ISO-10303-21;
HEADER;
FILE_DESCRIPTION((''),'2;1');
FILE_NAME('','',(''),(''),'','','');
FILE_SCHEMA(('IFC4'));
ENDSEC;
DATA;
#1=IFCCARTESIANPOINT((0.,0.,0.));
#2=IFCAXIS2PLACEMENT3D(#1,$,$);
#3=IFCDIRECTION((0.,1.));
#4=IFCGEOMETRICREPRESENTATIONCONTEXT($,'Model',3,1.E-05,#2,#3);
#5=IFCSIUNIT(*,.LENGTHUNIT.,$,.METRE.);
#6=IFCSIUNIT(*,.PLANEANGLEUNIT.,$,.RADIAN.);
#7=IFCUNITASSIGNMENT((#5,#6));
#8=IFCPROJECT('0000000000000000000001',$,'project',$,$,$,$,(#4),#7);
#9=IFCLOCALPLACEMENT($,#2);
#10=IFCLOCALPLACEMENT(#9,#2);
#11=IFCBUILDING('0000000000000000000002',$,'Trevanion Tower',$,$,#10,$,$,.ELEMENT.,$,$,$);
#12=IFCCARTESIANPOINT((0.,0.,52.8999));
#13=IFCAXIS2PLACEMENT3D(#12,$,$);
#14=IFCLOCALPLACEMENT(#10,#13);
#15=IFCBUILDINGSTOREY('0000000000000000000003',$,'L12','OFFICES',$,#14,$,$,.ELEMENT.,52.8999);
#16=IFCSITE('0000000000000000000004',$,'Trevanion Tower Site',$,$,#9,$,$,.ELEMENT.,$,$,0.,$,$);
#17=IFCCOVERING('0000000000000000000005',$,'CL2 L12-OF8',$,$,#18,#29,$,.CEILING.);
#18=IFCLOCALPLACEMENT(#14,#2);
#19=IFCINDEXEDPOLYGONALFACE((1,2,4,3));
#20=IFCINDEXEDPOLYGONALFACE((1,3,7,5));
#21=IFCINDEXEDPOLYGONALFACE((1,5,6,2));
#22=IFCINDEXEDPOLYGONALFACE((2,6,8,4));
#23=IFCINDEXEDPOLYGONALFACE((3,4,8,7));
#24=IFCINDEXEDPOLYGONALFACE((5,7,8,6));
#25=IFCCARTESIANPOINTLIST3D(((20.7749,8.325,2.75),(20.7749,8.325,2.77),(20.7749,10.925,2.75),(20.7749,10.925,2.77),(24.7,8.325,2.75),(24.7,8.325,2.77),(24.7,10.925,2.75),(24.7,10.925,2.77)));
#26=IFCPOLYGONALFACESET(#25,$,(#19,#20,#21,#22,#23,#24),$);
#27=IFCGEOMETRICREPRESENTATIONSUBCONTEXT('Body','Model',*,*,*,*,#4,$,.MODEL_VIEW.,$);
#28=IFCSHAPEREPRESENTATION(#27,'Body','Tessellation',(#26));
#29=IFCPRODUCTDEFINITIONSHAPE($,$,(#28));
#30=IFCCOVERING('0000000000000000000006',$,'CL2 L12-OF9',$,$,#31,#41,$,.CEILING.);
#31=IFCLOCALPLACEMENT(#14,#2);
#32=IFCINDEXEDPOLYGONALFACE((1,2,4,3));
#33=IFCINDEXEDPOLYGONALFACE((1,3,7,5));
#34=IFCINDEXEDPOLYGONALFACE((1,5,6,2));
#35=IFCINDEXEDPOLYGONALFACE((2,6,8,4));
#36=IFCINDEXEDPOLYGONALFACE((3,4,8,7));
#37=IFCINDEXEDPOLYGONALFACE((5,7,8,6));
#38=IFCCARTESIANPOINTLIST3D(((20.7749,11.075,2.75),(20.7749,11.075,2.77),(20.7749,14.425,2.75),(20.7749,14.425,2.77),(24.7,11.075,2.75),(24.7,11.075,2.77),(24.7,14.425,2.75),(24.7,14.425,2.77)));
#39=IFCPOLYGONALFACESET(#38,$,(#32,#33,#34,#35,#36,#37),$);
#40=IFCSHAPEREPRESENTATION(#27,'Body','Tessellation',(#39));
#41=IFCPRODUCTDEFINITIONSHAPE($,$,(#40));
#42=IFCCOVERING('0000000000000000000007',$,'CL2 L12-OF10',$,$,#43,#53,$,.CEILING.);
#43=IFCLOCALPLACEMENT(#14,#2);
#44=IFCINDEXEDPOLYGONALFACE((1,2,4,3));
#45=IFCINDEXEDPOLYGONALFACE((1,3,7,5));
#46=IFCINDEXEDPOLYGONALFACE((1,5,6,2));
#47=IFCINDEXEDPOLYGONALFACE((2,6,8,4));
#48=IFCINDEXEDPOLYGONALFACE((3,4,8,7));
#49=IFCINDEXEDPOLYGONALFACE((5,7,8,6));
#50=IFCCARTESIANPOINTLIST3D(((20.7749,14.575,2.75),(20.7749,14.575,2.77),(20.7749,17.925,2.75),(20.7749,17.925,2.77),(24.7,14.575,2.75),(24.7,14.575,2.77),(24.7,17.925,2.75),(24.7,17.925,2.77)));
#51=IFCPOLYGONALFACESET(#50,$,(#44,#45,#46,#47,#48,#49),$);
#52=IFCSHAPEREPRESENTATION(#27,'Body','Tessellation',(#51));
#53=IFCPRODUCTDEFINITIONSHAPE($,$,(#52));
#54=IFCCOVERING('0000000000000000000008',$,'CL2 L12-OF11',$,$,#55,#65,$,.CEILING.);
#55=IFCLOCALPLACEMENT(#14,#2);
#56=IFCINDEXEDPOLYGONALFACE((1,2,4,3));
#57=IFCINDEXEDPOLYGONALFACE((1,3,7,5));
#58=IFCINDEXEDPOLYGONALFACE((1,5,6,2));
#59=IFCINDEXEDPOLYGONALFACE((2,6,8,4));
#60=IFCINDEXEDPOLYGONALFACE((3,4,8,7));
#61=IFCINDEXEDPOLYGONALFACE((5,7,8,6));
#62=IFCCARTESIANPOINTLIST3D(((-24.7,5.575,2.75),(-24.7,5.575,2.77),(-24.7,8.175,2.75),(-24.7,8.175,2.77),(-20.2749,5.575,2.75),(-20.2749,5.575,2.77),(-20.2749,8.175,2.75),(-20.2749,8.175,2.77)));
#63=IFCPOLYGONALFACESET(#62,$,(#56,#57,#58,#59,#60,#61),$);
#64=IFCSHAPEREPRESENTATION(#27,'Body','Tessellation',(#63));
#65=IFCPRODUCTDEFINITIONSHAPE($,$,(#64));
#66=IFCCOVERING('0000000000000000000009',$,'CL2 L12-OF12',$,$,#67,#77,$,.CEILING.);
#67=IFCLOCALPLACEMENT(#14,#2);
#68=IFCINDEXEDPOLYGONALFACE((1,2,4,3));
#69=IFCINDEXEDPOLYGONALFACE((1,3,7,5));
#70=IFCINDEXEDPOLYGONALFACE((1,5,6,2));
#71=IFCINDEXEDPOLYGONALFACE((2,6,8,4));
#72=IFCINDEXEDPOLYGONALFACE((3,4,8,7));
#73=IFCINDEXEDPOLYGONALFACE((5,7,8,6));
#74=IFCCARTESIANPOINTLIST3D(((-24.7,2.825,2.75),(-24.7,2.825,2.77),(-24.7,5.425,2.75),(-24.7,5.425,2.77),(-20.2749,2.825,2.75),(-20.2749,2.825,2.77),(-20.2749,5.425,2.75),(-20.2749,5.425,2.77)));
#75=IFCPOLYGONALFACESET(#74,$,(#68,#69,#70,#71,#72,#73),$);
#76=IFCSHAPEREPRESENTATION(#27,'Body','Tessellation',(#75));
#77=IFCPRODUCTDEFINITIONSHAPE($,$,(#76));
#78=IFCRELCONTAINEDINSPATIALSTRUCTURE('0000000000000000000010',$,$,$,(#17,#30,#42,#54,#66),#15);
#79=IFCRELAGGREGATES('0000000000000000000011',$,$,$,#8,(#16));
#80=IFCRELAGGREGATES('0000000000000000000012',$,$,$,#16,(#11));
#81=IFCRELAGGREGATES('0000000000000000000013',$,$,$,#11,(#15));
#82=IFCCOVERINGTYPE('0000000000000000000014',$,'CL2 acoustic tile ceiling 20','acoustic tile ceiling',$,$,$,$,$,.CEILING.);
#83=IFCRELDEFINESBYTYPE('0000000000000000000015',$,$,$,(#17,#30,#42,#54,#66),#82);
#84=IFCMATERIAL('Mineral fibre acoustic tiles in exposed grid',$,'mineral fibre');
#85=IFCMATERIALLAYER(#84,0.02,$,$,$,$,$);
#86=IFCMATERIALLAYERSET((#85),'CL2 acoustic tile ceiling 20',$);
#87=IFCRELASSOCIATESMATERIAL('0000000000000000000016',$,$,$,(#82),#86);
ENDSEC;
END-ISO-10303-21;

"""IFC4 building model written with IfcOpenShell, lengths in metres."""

from ifc_helpers import new_model, si_unit, direction, frame, origin, place, context, subcontext, project, spatial, polyline, outline, extrude, material, layer, layer_set, type_object, element, save


model = new_model("IFC4")

# Units and contexts
model_context = context("Model", 3, precision=1e-05, world=origin(), true_north=direction((0.0, 1.0)))
body_context = subcontext(model_context, "Body", "Model", "MODEL_VIEW")
ifc_project = project(units=[si_unit("LENGTHUNIT", "METRE"), si_unit("PLANEANGLEUNIT", "RADIAN")], contexts=[model_context])

# Site, building, storey
site_placement = place(None, origin())
site = spatial("IfcSite", under=ifc_project, at=site_placement, Name="Trevanion Tower Site", CompositionType="ELEMENT", RefElevation=0.0)
building_placement = place(site_placement, origin())
building = spatial("IfcBuilding", under=site, at=building_placement, Name="Trevanion Tower", CompositionType="ELEMENT")
storey_placement = place(building_placement, frame((0.0, 0.0, 52.8999)))
storey = spatial("IfcBuildingStorey", under=building, at=storey_placement, Name="L12", Description="OFFICES", CompositionType="ELEMENT", Elevation=52.8999)

# Coverings
ifc_material_1 = material(Name="Mineral fibre acoustic tiles in exposed grid", Category="mineral fibre")
ifc_layer_1 = layer(ifc_material_1, 0.02)
ifc_layer_set_1 = layer_set([ifc_layer_1], Name="CL2 acoustic tile ceiling 20")
covering_type_1 = type_object("IfcCoveringType", Name="CL2 acoustic tile ceiling 20", Description="acoustic tile ceiling", PredefinedType="CEILING", material=ifc_layer_set_1)
covering_1_placement = place(storey_placement, frame((0.0, 0.0, 2.75)))
element("IfcCovering", 1, at=covering_1_placement, inside=storey, type_object=covering_type_1, Name="CL2 L12-OF8", PredefinedType="CEILING", context=body_context, shape_type="SweptSolid", body=[
    extrude(outline(polyline([(20.7749, 8.325), (20.7749, 10.925), (24.7, 10.925), (24.7, 8.325), (20.7749, 8.325)])), origin(), (0.0, 0.0, 1.0), 0.02),
])
covering_2_placement = place(storey_placement, frame((0.0, 0.0, 2.75)))
element("IfcCovering", 2, at=covering_2_placement, inside=storey, type_object=covering_type_1, Name="CL2 L12-OF9", PredefinedType="CEILING", context=body_context, shape_type="SweptSolid", body=[
    extrude(outline(polyline([(20.7749, 11.075), (20.7749, 14.425), (24.7, 14.425), (24.7, 11.075), (20.7749, 11.075)])), origin(), (0.0, 0.0, 1.0), 0.02),
])
covering_3_placement = place(storey_placement, frame((0.0, 0.0, 2.75)))
element("IfcCovering", 3, at=covering_3_placement, inside=storey, type_object=covering_type_1, Name="CL2 L12-OF10", PredefinedType="CEILING", context=body_context, shape_type="SweptSolid", body=[
    extrude(outline(polyline([(20.7749, 14.575), (20.7749, 17.925), (24.7, 17.925), (24.7, 14.575), (20.7749, 14.575)])), origin(), (0.0, 0.0, 1.0), 0.02),
])
covering_4_placement = place(storey_placement, frame((0.0, 0.0, 2.75)))
element("IfcCovering", 4, at=covering_4_placement, inside=storey, type_object=covering_type_1, Name="CL2 L12-OF11", PredefinedType="CEILING", context=body_context, shape_type="SweptSolid", body=[
    extrude(outline(polyline([(-20.2749, 8.175), (-20.2749, 5.575), (-24.7, 5.575), (-24.7, 8.175), (-20.2749, 8.175)])), origin(), (0.0, 0.0, 1.0), 0.02),
])
covering_5_placement = place(storey_placement, frame((0.0, 0.0, 2.75)))
element("IfcCovering", 5, at=covering_5_placement, inside=storey, type_object=covering_type_1, Name="CL2 L12-OF12", PredefinedType="CEILING", context=body_context, shape_type="SweptSolid", body=[
    extrude(outline(polyline([(-20.2749, 5.425), (-20.2749, 2.825), (-24.7, 2.825), (-24.7, 5.425), (-20.2749, 5.425)])), origin(), (0.0, 0.0, 1.0), 0.02),
])

save(model, "model.ifc")
